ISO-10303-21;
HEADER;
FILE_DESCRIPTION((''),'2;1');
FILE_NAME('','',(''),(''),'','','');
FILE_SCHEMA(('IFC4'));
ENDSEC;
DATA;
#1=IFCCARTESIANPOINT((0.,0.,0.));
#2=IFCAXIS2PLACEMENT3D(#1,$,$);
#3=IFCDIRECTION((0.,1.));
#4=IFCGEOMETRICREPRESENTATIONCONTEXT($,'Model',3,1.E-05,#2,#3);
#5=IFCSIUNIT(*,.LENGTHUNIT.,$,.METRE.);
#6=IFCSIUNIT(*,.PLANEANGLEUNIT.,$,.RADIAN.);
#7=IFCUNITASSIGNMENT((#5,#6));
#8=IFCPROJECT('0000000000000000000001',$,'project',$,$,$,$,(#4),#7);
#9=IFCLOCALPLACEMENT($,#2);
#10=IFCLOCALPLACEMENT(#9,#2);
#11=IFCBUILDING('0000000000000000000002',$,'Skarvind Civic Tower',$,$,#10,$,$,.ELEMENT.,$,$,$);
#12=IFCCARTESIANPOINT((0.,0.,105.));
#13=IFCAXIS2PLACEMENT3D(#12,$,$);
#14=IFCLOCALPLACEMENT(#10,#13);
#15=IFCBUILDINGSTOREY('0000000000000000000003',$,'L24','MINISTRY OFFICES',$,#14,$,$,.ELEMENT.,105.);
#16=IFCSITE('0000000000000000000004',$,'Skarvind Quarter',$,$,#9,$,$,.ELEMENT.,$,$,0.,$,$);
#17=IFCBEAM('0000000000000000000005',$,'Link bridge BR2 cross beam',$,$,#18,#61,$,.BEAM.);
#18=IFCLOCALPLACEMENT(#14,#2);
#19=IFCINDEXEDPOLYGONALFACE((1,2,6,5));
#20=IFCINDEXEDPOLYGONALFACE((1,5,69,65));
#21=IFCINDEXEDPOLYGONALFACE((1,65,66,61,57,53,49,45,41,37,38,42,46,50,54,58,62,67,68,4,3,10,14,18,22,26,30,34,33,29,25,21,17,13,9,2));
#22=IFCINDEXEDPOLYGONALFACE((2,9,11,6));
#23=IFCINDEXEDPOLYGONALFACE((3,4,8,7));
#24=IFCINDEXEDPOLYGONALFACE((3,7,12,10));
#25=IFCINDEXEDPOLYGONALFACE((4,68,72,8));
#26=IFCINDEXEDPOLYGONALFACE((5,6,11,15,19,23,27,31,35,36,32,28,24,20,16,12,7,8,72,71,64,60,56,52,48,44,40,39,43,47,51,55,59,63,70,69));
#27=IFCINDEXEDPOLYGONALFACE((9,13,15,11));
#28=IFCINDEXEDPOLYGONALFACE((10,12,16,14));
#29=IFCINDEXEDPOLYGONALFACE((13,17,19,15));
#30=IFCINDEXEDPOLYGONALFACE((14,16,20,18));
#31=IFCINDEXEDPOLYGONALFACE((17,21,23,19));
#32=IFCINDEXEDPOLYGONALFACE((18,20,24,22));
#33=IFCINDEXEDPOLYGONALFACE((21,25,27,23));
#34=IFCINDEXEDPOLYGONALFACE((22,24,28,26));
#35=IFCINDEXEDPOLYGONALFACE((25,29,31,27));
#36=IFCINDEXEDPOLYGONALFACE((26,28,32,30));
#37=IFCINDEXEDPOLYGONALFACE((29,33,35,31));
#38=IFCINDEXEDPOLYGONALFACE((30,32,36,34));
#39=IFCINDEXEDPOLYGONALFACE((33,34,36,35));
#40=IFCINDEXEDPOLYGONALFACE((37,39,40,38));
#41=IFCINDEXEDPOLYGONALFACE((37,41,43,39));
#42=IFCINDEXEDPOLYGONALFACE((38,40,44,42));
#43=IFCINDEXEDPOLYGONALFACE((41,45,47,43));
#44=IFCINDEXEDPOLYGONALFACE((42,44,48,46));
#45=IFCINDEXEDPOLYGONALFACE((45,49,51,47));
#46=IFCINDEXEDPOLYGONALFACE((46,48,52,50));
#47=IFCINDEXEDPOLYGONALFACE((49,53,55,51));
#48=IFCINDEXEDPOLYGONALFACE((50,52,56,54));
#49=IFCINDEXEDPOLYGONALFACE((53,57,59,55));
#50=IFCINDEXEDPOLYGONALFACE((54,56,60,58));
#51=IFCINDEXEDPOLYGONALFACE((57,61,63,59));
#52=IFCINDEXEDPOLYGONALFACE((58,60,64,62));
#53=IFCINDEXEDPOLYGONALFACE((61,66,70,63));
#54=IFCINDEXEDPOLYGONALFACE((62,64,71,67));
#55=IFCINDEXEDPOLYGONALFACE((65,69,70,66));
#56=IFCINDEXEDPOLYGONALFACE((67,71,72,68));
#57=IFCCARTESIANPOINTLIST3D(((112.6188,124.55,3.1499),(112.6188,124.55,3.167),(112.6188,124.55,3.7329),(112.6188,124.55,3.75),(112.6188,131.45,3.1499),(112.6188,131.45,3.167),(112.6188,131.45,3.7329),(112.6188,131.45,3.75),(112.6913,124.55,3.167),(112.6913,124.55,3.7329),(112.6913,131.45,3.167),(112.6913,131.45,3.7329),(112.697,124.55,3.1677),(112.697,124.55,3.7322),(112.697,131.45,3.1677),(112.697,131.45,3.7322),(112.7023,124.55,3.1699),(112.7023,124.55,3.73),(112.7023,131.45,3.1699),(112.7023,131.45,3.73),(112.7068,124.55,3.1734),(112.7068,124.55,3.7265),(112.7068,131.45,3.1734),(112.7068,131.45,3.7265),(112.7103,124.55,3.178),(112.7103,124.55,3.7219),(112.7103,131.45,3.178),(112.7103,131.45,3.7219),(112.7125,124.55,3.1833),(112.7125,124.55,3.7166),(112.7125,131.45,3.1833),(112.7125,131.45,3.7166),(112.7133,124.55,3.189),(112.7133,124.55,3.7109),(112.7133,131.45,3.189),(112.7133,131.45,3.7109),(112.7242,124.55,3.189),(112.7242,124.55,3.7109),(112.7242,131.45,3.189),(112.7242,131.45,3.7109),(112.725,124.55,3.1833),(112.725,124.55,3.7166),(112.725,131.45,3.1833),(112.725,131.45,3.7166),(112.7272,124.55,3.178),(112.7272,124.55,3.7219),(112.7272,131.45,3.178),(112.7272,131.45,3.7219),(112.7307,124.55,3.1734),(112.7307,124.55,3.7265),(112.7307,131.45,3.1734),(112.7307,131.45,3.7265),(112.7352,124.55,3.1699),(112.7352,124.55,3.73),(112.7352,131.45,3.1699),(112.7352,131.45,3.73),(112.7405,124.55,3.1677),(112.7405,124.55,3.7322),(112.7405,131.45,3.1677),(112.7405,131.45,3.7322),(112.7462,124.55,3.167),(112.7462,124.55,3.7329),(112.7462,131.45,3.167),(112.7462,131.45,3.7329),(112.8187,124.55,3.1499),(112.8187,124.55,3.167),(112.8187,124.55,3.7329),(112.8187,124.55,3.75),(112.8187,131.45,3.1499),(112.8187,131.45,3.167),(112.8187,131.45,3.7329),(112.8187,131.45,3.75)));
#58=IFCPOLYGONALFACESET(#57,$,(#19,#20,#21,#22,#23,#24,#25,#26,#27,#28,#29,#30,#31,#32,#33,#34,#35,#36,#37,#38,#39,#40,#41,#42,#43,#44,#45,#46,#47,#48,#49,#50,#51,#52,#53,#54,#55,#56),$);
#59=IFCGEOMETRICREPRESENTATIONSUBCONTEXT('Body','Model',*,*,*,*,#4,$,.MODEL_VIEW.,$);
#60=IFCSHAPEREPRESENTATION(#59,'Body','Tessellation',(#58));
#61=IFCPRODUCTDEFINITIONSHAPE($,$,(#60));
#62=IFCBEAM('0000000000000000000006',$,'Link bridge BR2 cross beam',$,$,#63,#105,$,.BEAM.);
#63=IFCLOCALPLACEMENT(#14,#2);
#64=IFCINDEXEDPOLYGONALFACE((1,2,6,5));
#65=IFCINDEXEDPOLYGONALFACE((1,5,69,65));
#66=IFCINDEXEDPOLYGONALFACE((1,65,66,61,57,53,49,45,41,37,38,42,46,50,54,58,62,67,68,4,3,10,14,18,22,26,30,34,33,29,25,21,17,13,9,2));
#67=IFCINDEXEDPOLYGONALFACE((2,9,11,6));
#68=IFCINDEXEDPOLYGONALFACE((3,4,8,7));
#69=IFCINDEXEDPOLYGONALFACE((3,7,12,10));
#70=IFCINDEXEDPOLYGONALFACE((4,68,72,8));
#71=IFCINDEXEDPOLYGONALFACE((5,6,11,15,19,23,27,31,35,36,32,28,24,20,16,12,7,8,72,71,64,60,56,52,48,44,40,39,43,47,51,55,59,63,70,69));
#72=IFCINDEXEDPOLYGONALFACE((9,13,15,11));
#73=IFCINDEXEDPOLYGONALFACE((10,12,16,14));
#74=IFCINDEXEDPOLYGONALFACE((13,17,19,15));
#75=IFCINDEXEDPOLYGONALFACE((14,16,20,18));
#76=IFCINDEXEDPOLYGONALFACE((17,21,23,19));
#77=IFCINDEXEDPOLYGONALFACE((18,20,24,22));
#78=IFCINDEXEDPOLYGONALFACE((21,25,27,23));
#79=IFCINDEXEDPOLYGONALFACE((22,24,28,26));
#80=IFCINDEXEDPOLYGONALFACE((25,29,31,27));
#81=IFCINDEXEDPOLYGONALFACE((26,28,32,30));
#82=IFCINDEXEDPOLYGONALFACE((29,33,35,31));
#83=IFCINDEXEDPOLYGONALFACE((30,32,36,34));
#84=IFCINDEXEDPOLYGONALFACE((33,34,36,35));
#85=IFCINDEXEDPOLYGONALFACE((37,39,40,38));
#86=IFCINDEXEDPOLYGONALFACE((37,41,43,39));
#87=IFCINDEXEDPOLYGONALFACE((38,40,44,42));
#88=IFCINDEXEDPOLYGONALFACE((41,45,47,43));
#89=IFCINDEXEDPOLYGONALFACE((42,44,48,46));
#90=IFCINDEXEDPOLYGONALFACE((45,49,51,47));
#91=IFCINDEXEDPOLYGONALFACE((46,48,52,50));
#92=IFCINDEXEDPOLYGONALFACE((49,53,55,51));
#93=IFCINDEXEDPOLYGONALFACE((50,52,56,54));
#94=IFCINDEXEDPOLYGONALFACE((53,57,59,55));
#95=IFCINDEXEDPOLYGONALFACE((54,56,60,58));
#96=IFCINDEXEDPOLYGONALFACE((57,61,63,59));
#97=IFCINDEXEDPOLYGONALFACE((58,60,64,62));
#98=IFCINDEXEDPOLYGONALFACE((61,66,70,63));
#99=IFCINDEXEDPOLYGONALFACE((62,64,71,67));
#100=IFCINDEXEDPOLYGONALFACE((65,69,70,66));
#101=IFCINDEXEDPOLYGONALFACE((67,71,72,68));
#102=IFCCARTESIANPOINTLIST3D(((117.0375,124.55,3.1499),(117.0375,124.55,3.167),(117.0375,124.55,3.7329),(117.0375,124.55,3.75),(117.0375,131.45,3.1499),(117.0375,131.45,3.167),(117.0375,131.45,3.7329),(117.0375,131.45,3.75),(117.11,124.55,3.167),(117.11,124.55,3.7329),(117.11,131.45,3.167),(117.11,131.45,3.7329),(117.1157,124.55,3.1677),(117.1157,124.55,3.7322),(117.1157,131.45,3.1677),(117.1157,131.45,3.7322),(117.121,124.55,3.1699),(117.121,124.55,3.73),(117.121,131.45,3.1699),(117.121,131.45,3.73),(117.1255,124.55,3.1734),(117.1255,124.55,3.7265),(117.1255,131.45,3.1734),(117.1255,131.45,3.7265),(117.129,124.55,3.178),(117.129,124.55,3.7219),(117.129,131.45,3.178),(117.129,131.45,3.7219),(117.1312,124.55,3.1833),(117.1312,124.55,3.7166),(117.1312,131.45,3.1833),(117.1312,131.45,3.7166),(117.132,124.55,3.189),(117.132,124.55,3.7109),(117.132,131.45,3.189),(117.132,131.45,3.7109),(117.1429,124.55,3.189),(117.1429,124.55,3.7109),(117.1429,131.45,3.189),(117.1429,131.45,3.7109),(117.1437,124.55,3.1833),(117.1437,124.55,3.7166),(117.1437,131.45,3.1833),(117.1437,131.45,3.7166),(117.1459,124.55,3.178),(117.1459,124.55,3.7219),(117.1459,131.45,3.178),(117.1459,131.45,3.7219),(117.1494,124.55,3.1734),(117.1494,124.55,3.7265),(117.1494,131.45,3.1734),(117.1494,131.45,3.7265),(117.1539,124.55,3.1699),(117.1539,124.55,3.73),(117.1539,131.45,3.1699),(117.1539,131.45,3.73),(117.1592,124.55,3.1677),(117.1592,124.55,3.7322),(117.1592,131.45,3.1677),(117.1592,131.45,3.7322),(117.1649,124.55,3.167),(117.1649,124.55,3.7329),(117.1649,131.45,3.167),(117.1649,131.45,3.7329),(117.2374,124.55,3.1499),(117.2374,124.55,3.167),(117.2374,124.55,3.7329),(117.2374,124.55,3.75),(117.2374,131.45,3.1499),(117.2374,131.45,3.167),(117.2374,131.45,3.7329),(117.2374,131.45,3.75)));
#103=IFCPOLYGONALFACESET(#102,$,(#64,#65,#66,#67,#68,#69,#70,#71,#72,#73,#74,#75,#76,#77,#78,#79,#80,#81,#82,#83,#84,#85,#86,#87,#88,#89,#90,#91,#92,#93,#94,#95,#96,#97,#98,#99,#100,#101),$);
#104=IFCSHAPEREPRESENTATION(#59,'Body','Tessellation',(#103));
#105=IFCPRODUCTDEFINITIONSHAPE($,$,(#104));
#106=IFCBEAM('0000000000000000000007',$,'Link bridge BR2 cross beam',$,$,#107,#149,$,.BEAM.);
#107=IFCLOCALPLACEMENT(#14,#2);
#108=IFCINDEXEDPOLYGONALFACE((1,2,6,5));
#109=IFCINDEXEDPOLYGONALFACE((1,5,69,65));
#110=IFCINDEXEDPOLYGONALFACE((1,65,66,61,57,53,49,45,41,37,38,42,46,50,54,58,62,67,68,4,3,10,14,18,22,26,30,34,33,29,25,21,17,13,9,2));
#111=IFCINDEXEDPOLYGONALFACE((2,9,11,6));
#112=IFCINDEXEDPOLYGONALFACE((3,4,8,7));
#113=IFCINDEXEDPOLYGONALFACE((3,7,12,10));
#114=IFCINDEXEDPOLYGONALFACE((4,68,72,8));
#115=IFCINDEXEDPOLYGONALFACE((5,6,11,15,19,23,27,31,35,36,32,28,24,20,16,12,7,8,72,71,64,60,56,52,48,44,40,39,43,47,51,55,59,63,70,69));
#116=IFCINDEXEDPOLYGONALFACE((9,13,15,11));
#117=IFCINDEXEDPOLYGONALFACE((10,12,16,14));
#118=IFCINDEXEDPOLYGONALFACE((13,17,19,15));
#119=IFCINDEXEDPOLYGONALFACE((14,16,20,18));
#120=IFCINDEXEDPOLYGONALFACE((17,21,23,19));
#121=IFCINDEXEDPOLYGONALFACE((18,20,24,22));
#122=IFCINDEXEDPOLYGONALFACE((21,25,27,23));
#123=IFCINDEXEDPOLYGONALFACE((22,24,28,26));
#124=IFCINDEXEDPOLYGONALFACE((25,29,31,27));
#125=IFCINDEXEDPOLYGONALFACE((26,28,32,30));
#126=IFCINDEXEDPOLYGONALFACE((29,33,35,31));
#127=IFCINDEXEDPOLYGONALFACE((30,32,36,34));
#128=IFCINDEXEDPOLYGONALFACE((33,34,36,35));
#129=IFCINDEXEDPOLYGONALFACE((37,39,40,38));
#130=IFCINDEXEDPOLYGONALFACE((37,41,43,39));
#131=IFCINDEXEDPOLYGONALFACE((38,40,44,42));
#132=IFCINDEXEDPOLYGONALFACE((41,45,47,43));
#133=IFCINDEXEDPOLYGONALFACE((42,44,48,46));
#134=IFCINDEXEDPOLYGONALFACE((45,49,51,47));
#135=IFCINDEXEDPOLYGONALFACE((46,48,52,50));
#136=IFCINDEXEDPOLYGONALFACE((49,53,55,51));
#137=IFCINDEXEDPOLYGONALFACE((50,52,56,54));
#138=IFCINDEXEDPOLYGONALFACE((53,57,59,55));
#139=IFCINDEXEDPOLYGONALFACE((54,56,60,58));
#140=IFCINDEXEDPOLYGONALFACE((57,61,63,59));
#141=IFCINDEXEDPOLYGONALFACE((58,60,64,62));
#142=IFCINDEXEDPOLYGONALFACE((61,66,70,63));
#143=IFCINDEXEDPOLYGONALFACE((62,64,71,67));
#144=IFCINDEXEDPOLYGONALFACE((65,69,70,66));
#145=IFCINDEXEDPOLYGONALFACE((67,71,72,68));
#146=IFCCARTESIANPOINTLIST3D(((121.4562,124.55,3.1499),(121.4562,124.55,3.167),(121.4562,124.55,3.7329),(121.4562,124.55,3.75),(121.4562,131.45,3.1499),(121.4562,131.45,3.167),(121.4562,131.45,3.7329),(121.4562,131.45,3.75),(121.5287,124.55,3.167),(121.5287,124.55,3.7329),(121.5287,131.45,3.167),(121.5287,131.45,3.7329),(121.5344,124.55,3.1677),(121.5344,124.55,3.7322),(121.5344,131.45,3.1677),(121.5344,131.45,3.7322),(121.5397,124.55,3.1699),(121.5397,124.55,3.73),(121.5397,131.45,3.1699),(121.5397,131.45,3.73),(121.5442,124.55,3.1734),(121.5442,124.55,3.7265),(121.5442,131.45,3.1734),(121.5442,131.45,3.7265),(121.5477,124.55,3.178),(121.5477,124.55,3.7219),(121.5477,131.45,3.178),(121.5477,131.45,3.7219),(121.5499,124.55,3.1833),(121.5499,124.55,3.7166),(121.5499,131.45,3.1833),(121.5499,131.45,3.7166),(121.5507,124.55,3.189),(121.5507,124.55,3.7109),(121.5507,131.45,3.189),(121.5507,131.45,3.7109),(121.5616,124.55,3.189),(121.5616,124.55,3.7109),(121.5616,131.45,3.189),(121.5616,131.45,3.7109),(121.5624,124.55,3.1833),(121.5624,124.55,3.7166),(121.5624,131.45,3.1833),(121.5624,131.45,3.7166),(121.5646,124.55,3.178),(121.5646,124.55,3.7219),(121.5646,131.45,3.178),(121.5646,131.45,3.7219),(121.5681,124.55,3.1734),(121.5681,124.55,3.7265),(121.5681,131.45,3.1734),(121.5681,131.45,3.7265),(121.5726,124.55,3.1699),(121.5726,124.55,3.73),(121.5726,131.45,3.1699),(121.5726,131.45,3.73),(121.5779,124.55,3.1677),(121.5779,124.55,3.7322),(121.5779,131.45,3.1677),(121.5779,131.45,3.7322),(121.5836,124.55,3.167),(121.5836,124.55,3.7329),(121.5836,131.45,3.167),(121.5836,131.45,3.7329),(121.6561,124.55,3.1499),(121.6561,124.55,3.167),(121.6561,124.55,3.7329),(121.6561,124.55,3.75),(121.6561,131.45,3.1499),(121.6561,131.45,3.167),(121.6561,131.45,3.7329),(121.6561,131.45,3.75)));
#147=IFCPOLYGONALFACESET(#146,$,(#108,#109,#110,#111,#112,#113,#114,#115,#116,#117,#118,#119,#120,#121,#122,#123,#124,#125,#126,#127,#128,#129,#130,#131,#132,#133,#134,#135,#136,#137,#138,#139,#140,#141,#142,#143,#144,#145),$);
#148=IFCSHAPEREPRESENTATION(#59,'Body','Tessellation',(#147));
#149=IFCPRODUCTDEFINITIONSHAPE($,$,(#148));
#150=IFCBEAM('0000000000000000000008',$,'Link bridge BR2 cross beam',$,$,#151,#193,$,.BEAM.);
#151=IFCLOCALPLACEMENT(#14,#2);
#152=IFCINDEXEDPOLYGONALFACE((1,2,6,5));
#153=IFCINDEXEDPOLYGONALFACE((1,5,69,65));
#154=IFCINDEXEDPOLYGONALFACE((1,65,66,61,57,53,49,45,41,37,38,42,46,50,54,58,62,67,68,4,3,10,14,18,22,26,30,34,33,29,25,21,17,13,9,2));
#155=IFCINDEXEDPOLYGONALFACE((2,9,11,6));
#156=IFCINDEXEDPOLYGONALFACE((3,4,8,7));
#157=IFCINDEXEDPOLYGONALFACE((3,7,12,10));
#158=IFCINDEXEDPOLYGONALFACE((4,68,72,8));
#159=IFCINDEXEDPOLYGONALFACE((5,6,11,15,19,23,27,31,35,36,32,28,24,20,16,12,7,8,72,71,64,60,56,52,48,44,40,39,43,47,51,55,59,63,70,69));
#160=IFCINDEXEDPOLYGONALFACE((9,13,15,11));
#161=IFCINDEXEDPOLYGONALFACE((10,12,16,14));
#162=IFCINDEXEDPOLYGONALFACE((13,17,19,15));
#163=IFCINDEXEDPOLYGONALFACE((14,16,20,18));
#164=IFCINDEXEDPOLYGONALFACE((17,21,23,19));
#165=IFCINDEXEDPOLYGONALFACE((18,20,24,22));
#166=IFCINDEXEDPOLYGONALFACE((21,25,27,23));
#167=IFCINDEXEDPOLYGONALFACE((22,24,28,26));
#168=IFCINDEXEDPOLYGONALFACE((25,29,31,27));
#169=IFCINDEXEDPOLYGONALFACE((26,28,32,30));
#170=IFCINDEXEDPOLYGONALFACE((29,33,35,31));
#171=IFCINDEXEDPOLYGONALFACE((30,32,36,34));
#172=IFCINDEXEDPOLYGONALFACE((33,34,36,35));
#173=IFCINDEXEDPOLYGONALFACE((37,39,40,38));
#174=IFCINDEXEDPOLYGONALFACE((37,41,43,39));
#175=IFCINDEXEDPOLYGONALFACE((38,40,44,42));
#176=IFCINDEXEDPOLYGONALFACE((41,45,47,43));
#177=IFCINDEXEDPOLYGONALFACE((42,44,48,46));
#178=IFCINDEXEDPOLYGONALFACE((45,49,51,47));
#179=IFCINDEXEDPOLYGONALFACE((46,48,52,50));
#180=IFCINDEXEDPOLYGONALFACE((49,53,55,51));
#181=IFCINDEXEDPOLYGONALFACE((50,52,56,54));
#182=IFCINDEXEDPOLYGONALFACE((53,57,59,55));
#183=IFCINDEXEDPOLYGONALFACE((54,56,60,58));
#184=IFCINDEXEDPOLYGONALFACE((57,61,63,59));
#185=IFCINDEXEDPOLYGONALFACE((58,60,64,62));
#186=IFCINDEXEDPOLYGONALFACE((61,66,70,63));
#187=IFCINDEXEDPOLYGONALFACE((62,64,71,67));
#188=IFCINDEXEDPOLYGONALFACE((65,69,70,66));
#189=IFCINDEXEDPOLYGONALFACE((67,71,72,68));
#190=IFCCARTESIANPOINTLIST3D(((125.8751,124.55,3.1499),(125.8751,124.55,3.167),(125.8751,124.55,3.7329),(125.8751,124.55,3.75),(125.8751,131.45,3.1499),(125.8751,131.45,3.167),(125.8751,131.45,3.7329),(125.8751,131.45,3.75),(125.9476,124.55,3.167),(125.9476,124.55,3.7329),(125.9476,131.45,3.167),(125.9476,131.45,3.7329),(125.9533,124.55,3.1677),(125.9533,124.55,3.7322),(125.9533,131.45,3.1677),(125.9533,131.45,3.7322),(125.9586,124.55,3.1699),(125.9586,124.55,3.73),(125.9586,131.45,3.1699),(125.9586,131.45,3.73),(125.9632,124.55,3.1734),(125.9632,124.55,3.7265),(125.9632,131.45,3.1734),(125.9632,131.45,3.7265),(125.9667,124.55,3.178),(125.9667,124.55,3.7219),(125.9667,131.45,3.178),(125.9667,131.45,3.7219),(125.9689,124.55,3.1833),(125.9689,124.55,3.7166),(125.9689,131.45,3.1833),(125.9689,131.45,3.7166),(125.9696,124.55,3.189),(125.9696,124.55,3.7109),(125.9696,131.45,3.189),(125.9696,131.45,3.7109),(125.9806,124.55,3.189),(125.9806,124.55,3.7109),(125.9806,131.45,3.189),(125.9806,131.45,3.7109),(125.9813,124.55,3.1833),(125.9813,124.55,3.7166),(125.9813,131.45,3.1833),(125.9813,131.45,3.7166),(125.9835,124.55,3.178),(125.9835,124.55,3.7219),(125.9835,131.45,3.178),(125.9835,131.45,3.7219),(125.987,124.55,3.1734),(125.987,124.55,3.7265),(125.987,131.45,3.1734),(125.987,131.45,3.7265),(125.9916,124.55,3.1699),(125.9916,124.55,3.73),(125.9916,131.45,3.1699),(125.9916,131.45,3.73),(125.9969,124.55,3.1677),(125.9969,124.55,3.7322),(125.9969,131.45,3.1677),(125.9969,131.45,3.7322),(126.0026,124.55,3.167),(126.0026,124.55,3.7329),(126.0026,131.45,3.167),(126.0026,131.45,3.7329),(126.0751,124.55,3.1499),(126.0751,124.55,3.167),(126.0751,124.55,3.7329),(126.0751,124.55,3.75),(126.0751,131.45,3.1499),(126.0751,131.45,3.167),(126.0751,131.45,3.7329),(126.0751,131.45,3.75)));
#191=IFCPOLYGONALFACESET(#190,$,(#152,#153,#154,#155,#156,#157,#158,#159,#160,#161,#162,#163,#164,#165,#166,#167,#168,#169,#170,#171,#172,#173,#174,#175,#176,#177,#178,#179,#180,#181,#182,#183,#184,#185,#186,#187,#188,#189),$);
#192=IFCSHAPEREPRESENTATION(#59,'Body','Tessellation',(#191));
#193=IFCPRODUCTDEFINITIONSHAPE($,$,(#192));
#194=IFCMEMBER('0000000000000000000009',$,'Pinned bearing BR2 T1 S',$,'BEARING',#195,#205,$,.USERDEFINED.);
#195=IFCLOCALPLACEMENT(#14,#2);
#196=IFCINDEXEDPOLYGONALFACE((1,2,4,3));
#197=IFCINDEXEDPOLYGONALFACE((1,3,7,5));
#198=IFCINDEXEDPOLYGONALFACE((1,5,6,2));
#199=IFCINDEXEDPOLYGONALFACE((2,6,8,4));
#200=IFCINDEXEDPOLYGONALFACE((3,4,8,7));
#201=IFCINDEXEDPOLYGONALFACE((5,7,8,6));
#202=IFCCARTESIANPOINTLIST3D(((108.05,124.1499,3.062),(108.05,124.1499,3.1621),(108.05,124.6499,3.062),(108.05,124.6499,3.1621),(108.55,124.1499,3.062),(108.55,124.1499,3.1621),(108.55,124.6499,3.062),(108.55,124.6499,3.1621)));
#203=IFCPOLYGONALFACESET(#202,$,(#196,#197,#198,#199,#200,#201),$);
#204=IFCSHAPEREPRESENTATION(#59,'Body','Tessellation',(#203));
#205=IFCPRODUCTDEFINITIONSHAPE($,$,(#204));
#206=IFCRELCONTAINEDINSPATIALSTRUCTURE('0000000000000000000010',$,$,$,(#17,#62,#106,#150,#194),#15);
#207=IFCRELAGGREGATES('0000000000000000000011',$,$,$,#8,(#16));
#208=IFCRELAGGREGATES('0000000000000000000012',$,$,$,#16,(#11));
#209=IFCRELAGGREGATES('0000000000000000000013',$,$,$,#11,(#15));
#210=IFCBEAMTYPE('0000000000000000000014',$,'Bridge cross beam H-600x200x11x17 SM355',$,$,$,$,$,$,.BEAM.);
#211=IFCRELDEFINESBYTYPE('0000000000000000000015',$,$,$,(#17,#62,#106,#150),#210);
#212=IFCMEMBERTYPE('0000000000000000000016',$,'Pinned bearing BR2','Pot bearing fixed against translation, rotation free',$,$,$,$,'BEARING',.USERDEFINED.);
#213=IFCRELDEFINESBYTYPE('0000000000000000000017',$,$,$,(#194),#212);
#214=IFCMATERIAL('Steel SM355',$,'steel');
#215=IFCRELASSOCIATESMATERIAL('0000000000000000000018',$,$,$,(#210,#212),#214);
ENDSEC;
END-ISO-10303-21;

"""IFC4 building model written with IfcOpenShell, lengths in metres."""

from ifc_helpers import new_model, si_unit, direction, frame, origin, origin_2d, place, context, subcontext, project, spatial, rectangle, i_section, extrude, material, material_profile, profile_set, type_object, element, save


model = new_model("IFC4")

# Units and contexts
model_context = context("Model", 3, precision=1e-05, world=origin(), true_north=direction((0.0, 1.0)))
body_context = subcontext(model_context, "Body", "Model", "MODEL_VIEW")
ifc_project = project(units=[si_unit("LENGTHUNIT", "METRE"), si_unit("PLANEANGLEUNIT", "RADIAN")], contexts=[model_context])

# Site, building, storey
site_placement = place(None, origin())
site = spatial("IfcSite", under=ifc_project, at=site_placement, Name="Skarvind Quarter", CompositionType="ELEMENT", RefElevation=0.0)
building_placement = place(site_placement, origin())
building = spatial("IfcBuilding", under=site, at=building_placement, Name="Skarvind Civic Tower", CompositionType="ELEMENT")
storey_placement = place(building_placement, frame((0.0, 0.0, 105.0)))
storey = spatial("IfcBuildingStorey", under=building, at=storey_placement, Name="L24", Description="MINISTRY OFFICES", CompositionType="ELEMENT", Elevation=105.0)

# Shared definitions
ifc_material_1 = material(Name="Steel SM355", Category="steel")

# Beams
ifc_material_profile_1 = material_profile(ifc_material_1, i_section(OverallWidth=0.2, OverallDepth=0.6001, WebThickness=0.011, FlangeThickness=0.0171, FilletRadius=0.022, at=origin_2d()), Name="H-600x200x11x17")
ifc_profile_set_1 = profile_set([ifc_material_profile_1], Name="Steel SM355")
beam_type_1 = type_object("IfcBeamType", Name="Bridge cross beam H-600x200x11x17 SM355", PredefinedType="BEAM", material=ifc_profile_set_1)
for number, where, z_axis, x_axis, name in (
    (1, (112.7188, 124.55, 3.45), (0.0, 1.0, 0.0), (-1.0, 0.0, 0.0), "Link bridge BR2 cross beam"),
    (2, (117.1375, 124.55, 3.45), (0.0, 1.0, 0.0), (-1.0, 0.0, 0.0), "Link bridge BR2 cross beam"),
    (3, (121.5562, 124.55, 3.45), (0.0, 1.0, 0.0), (-1.0, 0.0, 0.0), "Link bridge BR2 cross beam"),
    (4, (125.9751, 124.55, 3.45), (0.0, 1.0, 0.0), (-1.0, 0.0, 0.0), "Link bridge BR2 cross beam"),
):
    element("IfcBeam", number, at=place(storey_placement, frame(where, z_axis=z_axis, x_axis=x_axis)), inside=storey, type_object=beam_type_1, Name=name, PredefinedType="BEAM", context=body_context, shape_type="SweptSolid", body=[
        extrude(i_section(OverallWidth=0.2, OverallDepth=0.6001, WebThickness=0.011, FlangeThickness=0.0171, FilletRadius=0.022, at=origin_2d()), origin(), (0.0, 0.0, 1.0), 6.8999),
    ])

# Member
member_type_1 = type_object("IfcMemberType", Name="Pinned bearing BR2", Description="Pot bearing fixed against translation, rotation free", ElementType="BEARING", PredefinedType="USERDEFINED", material=ifc_material_1)
for number, where, z_axis, x_axis, name in (
    (5, (108.3, 124.3999, 3.062), (0.0, 0.0, 1.0), (1.0, 0.0, 0.0), "Pinned bearing BR2 T1 S"),
):
    element("IfcMember", number, at=place(storey_placement, frame(where, z_axis=z_axis, x_axis=x_axis)), inside=storey, type_object=member_type_1, Name=name, ObjectType="BEARING", PredefinedType="USERDEFINED", context=body_context, shape_type="SweptSolid", body=[
        extrude(rectangle(XDim=0.5, YDim=0.5, at=origin_2d()), origin(), (0.0, 0.0, 1.0), 0.1001),
    ])

save(model, "model.ifc")
